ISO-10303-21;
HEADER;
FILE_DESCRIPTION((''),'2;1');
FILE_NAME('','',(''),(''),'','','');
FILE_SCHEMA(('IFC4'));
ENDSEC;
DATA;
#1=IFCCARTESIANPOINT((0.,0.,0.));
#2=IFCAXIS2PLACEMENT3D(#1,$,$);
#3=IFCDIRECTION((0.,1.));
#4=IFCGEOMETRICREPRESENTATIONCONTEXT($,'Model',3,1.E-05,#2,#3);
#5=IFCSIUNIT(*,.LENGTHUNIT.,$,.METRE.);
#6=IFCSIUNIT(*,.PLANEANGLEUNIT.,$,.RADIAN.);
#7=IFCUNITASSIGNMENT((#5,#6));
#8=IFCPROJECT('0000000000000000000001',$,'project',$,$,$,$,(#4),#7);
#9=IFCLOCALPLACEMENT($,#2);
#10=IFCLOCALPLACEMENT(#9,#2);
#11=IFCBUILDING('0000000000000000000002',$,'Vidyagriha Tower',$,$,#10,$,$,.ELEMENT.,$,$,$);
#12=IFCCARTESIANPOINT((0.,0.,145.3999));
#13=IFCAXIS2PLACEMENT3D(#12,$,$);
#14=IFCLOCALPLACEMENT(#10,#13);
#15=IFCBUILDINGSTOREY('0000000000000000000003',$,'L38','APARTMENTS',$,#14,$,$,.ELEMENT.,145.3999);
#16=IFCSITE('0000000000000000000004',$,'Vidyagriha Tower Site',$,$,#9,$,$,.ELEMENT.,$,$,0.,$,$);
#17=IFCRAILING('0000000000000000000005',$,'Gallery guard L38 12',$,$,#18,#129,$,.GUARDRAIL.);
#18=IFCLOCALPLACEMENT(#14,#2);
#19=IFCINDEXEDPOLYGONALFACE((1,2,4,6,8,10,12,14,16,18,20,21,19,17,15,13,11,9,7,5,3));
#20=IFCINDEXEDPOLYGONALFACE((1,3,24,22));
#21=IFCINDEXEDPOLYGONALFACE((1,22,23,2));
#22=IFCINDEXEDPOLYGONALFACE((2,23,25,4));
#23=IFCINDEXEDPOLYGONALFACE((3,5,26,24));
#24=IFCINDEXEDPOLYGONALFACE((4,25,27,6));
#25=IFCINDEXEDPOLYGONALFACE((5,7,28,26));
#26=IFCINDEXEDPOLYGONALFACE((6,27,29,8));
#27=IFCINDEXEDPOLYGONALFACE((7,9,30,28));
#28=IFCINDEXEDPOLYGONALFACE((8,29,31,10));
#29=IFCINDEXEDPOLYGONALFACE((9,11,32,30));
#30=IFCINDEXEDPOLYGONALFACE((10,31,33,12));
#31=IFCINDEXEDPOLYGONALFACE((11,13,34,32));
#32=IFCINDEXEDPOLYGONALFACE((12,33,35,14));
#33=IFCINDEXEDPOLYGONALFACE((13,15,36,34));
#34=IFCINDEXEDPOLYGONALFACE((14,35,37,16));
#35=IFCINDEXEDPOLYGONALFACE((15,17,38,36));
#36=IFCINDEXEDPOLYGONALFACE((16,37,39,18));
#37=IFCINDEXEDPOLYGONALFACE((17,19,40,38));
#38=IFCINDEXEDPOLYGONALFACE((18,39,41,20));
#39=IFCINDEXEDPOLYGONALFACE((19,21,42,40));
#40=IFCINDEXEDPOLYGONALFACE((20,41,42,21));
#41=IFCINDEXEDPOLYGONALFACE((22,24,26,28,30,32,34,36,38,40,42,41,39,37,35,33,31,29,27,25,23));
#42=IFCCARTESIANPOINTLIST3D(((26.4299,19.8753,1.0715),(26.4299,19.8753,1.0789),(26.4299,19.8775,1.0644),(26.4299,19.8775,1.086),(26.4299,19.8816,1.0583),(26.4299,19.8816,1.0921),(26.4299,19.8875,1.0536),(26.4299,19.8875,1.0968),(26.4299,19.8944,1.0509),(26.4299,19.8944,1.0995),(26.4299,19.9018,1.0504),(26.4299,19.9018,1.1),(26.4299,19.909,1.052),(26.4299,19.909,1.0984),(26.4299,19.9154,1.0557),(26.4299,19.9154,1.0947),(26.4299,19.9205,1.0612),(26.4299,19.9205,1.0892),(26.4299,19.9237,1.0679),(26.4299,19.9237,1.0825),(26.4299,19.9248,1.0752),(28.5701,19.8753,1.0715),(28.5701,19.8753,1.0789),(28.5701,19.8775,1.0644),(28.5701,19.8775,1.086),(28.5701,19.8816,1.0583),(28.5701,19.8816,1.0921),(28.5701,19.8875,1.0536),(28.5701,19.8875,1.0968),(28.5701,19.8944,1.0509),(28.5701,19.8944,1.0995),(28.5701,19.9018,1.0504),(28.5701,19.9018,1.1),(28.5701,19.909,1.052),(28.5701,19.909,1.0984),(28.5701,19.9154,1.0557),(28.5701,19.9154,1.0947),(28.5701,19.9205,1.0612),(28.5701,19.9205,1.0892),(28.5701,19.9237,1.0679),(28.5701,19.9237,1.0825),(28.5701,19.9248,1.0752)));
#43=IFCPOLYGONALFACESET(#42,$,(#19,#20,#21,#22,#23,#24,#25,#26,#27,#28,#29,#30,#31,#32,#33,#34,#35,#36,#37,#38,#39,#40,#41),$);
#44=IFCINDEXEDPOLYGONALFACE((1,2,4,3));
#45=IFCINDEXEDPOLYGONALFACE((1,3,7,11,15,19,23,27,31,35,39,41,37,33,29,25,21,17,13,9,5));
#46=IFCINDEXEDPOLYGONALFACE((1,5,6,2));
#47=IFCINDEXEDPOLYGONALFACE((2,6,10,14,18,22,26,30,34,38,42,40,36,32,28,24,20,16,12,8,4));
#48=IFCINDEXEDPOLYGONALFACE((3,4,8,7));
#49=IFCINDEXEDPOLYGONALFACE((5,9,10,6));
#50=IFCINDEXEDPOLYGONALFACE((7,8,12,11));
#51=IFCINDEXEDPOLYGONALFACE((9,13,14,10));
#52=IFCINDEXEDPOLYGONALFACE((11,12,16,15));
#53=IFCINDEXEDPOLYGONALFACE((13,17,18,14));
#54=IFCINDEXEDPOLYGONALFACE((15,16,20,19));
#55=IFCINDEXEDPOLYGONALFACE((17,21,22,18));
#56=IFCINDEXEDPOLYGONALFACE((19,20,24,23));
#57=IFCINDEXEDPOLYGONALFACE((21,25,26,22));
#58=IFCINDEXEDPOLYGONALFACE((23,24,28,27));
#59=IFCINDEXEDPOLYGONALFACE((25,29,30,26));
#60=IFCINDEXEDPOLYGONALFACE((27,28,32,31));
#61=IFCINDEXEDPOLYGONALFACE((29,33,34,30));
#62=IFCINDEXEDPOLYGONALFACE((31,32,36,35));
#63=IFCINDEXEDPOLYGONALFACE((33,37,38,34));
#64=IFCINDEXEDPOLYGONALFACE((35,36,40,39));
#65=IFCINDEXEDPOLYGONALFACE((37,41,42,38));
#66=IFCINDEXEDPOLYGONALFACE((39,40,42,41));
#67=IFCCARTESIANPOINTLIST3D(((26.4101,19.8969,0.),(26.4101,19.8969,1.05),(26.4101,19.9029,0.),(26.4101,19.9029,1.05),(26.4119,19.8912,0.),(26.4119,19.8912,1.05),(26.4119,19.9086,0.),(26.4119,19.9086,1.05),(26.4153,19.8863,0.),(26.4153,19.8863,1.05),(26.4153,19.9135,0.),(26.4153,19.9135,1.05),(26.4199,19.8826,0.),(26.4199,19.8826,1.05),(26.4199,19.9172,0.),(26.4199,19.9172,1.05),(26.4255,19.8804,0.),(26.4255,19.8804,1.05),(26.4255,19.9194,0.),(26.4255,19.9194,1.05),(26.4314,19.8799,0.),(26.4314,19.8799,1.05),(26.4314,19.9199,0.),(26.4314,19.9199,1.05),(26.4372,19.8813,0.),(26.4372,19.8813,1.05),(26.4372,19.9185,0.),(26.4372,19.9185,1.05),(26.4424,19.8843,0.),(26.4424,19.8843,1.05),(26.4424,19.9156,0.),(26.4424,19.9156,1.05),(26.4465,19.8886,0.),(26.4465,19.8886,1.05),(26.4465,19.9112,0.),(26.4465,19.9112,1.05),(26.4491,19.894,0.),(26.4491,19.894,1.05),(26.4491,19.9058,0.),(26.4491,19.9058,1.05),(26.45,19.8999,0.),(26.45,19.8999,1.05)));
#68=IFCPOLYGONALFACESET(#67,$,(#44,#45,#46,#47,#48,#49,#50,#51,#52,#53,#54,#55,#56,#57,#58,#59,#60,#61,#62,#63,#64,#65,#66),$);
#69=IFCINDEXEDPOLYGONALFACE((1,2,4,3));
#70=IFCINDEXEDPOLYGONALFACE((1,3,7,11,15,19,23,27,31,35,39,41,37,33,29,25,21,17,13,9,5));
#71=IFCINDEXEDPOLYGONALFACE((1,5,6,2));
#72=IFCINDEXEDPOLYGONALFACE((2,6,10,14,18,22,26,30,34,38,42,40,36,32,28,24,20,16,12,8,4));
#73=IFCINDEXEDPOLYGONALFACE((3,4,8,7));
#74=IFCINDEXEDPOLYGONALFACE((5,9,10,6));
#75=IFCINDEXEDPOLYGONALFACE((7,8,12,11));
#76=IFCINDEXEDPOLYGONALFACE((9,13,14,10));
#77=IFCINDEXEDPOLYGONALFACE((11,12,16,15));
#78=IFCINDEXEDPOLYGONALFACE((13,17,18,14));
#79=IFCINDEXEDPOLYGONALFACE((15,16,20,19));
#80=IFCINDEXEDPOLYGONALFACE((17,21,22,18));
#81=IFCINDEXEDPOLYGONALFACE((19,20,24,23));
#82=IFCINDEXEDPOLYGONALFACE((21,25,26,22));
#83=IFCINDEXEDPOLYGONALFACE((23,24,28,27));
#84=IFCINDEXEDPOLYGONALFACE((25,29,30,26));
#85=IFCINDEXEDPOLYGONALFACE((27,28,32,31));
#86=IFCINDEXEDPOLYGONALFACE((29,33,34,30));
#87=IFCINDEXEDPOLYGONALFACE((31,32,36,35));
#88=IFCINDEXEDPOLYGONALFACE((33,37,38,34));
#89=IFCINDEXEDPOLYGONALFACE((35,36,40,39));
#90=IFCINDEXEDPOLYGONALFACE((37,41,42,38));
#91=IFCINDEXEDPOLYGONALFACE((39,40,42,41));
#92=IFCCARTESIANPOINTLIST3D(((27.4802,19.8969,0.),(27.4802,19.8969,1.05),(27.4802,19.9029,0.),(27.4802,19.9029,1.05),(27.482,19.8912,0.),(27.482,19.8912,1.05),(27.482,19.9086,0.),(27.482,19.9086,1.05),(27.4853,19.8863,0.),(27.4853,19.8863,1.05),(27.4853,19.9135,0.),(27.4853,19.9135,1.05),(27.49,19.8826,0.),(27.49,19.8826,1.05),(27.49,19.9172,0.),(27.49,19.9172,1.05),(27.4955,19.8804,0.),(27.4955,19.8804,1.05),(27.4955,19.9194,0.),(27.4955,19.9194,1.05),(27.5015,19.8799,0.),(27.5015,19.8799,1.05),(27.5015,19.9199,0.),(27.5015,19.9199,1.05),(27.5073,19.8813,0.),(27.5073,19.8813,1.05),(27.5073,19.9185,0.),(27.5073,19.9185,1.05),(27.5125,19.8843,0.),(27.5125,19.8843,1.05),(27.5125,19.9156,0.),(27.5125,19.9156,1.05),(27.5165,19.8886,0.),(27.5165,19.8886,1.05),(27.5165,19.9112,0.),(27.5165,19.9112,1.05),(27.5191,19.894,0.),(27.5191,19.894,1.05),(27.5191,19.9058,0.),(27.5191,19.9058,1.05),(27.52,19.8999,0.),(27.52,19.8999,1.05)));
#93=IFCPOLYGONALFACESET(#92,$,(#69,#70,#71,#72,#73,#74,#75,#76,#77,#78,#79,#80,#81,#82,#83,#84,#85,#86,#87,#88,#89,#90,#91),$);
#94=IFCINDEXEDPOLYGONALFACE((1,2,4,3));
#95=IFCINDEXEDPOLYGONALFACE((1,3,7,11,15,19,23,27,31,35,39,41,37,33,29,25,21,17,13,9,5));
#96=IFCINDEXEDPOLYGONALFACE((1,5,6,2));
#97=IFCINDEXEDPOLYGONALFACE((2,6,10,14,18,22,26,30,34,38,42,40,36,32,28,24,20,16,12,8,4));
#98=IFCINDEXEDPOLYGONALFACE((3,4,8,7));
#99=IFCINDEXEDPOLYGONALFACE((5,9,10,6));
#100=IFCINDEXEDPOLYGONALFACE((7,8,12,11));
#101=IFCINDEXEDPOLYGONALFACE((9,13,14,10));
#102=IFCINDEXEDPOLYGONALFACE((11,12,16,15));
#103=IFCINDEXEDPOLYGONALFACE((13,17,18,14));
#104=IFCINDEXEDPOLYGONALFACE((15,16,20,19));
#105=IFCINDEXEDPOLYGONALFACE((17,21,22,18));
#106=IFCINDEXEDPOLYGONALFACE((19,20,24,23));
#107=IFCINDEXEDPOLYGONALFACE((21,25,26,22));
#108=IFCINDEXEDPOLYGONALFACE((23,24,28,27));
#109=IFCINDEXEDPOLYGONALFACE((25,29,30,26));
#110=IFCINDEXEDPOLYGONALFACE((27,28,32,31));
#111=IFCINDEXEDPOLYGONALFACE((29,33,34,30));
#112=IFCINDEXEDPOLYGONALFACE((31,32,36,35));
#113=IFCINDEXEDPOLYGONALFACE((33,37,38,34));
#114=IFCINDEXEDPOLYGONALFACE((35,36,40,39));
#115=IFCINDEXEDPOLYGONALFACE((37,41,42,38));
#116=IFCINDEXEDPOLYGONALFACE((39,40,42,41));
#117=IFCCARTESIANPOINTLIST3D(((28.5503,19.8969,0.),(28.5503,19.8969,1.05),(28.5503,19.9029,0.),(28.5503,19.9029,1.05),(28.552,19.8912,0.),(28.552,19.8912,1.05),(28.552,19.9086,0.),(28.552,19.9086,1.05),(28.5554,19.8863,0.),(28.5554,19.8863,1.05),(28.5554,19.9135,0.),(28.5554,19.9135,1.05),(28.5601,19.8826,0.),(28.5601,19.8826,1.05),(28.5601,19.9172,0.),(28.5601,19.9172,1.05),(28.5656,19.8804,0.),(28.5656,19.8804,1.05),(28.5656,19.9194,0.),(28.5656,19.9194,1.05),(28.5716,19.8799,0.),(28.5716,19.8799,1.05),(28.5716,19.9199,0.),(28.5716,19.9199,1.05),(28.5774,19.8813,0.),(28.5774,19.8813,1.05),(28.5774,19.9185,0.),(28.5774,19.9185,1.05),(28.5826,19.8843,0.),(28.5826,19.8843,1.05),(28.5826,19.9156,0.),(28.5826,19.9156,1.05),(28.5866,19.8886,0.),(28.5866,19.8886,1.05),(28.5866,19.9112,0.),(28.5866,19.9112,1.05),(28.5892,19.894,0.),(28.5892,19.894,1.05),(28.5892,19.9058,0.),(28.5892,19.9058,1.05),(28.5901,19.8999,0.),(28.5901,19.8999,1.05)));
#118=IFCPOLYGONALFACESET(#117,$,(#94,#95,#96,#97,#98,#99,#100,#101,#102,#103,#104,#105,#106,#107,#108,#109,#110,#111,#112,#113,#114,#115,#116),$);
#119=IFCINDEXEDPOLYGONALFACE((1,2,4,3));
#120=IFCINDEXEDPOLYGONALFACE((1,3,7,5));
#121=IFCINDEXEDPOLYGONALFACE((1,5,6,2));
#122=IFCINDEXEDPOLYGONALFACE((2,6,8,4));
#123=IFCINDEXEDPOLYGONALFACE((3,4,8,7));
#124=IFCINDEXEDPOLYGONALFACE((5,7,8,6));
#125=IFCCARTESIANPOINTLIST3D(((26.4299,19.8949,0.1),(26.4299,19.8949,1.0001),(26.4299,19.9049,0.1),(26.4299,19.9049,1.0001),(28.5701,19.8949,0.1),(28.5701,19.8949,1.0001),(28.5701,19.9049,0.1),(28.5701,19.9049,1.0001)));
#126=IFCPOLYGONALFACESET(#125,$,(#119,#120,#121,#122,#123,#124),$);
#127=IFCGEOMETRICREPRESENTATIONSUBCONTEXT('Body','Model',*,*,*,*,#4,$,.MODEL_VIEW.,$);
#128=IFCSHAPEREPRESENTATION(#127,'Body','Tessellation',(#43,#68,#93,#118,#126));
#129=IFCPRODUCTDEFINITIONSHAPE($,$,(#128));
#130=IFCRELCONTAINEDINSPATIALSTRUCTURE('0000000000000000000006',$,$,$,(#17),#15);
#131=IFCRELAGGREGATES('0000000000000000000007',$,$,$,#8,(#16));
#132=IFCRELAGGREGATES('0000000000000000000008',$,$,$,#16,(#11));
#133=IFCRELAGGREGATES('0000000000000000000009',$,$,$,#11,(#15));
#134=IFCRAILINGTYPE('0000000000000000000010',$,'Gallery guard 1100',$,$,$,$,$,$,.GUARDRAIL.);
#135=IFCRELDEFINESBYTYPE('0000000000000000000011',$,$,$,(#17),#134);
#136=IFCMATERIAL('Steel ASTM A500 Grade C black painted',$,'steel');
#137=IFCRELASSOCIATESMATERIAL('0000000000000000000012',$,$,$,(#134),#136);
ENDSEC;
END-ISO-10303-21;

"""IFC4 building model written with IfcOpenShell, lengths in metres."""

from ifc_helpers import new_model, si_unit, direction, frame, origin, origin_2d, place, context, subcontext, project, spatial, rectangle, circle, extrude, material, type_object, element, save


model = new_model("IFC4")

# Units and contexts
model_context = context("Model", 3, precision=1e-05, world=origin(), true_north=direction((0.0, 1.0)))
body_context = subcontext(model_context, "Body", "Model", "MODEL_VIEW")
ifc_project = project(units=[si_unit("LENGTHUNIT", "METRE"), si_unit("PLANEANGLEUNIT", "RADIAN")], contexts=[model_context])

# Site, building, storey
site_placement = place(None, origin())
site = spatial("IfcSite", under=ifc_project, at=site_placement, Name="Vidyagriha Tower Site", CompositionType="ELEMENT", RefElevation=0.0)
building_placement = place(site_placement, origin())
building = spatial("IfcBuilding", under=site, at=building_placement, Name="Vidyagriha Tower", CompositionType="ELEMENT")
storey_placement = place(building_placement, frame((0.0, 0.0, 145.3999)))
storey = spatial("IfcBuildingStorey", under=building, at=storey_placement, Name="L38", Description="APARTMENTS", CompositionType="ELEMENT", Elevation=145.3999)

# Railing
ifc_material_1 = material(Name="Steel ASTM A500 Grade C black painted", Category="steel")
railing_type = type_object("IfcRailingType", Name="Gallery guard 1100", PredefinedType="GUARDRAIL", material=ifc_material_1)
railing_1_placement = place(storey_placement, frame((26.4299, 19.8999, 0.0)))
element("IfcRailing", 1, at=railing_1_placement, inside=storey, type_object=railing_type, Name="Gallery guard L38 12", PredefinedType="GUARDRAIL", context=body_context, shape_type="SweptSolid", body=[
    extrude(circle(Radius=0.0249, at=origin_2d()), frame((0.0, 0.0, 1.0752), z_axis=(1.0, 0.0, 0.0), x_axis=(0.0, 1.0, 0.0)), (0.0, 0.0, 1.0), 2.1401),
    extrude(circle(Radius=0.02, at=origin_2d()), origin(), (0.0, 0.0, 1.0), 1.05),
    extrude(circle(Radius=0.02, at=origin_2d()), frame((1.0701, 0.0, 0.0)), (0.0, 0.0, 1.0), 1.05),
    extrude(circle(Radius=0.02, at=origin_2d()), frame((2.1401, 0.0, 0.0)), (0.0, 0.0, 1.0), 1.05),
    extrude(rectangle(XDim=0.01, YDim=0.9001, at=origin_2d()), frame((0.0, 0.0, 0.55), z_axis=(1.0, 0.0, 0.0), x_axis=(0.0, 1.0, 0.0)), (0.0, 0.0, 1.0), 2.1401),
])

save(model, "model.ifc")
